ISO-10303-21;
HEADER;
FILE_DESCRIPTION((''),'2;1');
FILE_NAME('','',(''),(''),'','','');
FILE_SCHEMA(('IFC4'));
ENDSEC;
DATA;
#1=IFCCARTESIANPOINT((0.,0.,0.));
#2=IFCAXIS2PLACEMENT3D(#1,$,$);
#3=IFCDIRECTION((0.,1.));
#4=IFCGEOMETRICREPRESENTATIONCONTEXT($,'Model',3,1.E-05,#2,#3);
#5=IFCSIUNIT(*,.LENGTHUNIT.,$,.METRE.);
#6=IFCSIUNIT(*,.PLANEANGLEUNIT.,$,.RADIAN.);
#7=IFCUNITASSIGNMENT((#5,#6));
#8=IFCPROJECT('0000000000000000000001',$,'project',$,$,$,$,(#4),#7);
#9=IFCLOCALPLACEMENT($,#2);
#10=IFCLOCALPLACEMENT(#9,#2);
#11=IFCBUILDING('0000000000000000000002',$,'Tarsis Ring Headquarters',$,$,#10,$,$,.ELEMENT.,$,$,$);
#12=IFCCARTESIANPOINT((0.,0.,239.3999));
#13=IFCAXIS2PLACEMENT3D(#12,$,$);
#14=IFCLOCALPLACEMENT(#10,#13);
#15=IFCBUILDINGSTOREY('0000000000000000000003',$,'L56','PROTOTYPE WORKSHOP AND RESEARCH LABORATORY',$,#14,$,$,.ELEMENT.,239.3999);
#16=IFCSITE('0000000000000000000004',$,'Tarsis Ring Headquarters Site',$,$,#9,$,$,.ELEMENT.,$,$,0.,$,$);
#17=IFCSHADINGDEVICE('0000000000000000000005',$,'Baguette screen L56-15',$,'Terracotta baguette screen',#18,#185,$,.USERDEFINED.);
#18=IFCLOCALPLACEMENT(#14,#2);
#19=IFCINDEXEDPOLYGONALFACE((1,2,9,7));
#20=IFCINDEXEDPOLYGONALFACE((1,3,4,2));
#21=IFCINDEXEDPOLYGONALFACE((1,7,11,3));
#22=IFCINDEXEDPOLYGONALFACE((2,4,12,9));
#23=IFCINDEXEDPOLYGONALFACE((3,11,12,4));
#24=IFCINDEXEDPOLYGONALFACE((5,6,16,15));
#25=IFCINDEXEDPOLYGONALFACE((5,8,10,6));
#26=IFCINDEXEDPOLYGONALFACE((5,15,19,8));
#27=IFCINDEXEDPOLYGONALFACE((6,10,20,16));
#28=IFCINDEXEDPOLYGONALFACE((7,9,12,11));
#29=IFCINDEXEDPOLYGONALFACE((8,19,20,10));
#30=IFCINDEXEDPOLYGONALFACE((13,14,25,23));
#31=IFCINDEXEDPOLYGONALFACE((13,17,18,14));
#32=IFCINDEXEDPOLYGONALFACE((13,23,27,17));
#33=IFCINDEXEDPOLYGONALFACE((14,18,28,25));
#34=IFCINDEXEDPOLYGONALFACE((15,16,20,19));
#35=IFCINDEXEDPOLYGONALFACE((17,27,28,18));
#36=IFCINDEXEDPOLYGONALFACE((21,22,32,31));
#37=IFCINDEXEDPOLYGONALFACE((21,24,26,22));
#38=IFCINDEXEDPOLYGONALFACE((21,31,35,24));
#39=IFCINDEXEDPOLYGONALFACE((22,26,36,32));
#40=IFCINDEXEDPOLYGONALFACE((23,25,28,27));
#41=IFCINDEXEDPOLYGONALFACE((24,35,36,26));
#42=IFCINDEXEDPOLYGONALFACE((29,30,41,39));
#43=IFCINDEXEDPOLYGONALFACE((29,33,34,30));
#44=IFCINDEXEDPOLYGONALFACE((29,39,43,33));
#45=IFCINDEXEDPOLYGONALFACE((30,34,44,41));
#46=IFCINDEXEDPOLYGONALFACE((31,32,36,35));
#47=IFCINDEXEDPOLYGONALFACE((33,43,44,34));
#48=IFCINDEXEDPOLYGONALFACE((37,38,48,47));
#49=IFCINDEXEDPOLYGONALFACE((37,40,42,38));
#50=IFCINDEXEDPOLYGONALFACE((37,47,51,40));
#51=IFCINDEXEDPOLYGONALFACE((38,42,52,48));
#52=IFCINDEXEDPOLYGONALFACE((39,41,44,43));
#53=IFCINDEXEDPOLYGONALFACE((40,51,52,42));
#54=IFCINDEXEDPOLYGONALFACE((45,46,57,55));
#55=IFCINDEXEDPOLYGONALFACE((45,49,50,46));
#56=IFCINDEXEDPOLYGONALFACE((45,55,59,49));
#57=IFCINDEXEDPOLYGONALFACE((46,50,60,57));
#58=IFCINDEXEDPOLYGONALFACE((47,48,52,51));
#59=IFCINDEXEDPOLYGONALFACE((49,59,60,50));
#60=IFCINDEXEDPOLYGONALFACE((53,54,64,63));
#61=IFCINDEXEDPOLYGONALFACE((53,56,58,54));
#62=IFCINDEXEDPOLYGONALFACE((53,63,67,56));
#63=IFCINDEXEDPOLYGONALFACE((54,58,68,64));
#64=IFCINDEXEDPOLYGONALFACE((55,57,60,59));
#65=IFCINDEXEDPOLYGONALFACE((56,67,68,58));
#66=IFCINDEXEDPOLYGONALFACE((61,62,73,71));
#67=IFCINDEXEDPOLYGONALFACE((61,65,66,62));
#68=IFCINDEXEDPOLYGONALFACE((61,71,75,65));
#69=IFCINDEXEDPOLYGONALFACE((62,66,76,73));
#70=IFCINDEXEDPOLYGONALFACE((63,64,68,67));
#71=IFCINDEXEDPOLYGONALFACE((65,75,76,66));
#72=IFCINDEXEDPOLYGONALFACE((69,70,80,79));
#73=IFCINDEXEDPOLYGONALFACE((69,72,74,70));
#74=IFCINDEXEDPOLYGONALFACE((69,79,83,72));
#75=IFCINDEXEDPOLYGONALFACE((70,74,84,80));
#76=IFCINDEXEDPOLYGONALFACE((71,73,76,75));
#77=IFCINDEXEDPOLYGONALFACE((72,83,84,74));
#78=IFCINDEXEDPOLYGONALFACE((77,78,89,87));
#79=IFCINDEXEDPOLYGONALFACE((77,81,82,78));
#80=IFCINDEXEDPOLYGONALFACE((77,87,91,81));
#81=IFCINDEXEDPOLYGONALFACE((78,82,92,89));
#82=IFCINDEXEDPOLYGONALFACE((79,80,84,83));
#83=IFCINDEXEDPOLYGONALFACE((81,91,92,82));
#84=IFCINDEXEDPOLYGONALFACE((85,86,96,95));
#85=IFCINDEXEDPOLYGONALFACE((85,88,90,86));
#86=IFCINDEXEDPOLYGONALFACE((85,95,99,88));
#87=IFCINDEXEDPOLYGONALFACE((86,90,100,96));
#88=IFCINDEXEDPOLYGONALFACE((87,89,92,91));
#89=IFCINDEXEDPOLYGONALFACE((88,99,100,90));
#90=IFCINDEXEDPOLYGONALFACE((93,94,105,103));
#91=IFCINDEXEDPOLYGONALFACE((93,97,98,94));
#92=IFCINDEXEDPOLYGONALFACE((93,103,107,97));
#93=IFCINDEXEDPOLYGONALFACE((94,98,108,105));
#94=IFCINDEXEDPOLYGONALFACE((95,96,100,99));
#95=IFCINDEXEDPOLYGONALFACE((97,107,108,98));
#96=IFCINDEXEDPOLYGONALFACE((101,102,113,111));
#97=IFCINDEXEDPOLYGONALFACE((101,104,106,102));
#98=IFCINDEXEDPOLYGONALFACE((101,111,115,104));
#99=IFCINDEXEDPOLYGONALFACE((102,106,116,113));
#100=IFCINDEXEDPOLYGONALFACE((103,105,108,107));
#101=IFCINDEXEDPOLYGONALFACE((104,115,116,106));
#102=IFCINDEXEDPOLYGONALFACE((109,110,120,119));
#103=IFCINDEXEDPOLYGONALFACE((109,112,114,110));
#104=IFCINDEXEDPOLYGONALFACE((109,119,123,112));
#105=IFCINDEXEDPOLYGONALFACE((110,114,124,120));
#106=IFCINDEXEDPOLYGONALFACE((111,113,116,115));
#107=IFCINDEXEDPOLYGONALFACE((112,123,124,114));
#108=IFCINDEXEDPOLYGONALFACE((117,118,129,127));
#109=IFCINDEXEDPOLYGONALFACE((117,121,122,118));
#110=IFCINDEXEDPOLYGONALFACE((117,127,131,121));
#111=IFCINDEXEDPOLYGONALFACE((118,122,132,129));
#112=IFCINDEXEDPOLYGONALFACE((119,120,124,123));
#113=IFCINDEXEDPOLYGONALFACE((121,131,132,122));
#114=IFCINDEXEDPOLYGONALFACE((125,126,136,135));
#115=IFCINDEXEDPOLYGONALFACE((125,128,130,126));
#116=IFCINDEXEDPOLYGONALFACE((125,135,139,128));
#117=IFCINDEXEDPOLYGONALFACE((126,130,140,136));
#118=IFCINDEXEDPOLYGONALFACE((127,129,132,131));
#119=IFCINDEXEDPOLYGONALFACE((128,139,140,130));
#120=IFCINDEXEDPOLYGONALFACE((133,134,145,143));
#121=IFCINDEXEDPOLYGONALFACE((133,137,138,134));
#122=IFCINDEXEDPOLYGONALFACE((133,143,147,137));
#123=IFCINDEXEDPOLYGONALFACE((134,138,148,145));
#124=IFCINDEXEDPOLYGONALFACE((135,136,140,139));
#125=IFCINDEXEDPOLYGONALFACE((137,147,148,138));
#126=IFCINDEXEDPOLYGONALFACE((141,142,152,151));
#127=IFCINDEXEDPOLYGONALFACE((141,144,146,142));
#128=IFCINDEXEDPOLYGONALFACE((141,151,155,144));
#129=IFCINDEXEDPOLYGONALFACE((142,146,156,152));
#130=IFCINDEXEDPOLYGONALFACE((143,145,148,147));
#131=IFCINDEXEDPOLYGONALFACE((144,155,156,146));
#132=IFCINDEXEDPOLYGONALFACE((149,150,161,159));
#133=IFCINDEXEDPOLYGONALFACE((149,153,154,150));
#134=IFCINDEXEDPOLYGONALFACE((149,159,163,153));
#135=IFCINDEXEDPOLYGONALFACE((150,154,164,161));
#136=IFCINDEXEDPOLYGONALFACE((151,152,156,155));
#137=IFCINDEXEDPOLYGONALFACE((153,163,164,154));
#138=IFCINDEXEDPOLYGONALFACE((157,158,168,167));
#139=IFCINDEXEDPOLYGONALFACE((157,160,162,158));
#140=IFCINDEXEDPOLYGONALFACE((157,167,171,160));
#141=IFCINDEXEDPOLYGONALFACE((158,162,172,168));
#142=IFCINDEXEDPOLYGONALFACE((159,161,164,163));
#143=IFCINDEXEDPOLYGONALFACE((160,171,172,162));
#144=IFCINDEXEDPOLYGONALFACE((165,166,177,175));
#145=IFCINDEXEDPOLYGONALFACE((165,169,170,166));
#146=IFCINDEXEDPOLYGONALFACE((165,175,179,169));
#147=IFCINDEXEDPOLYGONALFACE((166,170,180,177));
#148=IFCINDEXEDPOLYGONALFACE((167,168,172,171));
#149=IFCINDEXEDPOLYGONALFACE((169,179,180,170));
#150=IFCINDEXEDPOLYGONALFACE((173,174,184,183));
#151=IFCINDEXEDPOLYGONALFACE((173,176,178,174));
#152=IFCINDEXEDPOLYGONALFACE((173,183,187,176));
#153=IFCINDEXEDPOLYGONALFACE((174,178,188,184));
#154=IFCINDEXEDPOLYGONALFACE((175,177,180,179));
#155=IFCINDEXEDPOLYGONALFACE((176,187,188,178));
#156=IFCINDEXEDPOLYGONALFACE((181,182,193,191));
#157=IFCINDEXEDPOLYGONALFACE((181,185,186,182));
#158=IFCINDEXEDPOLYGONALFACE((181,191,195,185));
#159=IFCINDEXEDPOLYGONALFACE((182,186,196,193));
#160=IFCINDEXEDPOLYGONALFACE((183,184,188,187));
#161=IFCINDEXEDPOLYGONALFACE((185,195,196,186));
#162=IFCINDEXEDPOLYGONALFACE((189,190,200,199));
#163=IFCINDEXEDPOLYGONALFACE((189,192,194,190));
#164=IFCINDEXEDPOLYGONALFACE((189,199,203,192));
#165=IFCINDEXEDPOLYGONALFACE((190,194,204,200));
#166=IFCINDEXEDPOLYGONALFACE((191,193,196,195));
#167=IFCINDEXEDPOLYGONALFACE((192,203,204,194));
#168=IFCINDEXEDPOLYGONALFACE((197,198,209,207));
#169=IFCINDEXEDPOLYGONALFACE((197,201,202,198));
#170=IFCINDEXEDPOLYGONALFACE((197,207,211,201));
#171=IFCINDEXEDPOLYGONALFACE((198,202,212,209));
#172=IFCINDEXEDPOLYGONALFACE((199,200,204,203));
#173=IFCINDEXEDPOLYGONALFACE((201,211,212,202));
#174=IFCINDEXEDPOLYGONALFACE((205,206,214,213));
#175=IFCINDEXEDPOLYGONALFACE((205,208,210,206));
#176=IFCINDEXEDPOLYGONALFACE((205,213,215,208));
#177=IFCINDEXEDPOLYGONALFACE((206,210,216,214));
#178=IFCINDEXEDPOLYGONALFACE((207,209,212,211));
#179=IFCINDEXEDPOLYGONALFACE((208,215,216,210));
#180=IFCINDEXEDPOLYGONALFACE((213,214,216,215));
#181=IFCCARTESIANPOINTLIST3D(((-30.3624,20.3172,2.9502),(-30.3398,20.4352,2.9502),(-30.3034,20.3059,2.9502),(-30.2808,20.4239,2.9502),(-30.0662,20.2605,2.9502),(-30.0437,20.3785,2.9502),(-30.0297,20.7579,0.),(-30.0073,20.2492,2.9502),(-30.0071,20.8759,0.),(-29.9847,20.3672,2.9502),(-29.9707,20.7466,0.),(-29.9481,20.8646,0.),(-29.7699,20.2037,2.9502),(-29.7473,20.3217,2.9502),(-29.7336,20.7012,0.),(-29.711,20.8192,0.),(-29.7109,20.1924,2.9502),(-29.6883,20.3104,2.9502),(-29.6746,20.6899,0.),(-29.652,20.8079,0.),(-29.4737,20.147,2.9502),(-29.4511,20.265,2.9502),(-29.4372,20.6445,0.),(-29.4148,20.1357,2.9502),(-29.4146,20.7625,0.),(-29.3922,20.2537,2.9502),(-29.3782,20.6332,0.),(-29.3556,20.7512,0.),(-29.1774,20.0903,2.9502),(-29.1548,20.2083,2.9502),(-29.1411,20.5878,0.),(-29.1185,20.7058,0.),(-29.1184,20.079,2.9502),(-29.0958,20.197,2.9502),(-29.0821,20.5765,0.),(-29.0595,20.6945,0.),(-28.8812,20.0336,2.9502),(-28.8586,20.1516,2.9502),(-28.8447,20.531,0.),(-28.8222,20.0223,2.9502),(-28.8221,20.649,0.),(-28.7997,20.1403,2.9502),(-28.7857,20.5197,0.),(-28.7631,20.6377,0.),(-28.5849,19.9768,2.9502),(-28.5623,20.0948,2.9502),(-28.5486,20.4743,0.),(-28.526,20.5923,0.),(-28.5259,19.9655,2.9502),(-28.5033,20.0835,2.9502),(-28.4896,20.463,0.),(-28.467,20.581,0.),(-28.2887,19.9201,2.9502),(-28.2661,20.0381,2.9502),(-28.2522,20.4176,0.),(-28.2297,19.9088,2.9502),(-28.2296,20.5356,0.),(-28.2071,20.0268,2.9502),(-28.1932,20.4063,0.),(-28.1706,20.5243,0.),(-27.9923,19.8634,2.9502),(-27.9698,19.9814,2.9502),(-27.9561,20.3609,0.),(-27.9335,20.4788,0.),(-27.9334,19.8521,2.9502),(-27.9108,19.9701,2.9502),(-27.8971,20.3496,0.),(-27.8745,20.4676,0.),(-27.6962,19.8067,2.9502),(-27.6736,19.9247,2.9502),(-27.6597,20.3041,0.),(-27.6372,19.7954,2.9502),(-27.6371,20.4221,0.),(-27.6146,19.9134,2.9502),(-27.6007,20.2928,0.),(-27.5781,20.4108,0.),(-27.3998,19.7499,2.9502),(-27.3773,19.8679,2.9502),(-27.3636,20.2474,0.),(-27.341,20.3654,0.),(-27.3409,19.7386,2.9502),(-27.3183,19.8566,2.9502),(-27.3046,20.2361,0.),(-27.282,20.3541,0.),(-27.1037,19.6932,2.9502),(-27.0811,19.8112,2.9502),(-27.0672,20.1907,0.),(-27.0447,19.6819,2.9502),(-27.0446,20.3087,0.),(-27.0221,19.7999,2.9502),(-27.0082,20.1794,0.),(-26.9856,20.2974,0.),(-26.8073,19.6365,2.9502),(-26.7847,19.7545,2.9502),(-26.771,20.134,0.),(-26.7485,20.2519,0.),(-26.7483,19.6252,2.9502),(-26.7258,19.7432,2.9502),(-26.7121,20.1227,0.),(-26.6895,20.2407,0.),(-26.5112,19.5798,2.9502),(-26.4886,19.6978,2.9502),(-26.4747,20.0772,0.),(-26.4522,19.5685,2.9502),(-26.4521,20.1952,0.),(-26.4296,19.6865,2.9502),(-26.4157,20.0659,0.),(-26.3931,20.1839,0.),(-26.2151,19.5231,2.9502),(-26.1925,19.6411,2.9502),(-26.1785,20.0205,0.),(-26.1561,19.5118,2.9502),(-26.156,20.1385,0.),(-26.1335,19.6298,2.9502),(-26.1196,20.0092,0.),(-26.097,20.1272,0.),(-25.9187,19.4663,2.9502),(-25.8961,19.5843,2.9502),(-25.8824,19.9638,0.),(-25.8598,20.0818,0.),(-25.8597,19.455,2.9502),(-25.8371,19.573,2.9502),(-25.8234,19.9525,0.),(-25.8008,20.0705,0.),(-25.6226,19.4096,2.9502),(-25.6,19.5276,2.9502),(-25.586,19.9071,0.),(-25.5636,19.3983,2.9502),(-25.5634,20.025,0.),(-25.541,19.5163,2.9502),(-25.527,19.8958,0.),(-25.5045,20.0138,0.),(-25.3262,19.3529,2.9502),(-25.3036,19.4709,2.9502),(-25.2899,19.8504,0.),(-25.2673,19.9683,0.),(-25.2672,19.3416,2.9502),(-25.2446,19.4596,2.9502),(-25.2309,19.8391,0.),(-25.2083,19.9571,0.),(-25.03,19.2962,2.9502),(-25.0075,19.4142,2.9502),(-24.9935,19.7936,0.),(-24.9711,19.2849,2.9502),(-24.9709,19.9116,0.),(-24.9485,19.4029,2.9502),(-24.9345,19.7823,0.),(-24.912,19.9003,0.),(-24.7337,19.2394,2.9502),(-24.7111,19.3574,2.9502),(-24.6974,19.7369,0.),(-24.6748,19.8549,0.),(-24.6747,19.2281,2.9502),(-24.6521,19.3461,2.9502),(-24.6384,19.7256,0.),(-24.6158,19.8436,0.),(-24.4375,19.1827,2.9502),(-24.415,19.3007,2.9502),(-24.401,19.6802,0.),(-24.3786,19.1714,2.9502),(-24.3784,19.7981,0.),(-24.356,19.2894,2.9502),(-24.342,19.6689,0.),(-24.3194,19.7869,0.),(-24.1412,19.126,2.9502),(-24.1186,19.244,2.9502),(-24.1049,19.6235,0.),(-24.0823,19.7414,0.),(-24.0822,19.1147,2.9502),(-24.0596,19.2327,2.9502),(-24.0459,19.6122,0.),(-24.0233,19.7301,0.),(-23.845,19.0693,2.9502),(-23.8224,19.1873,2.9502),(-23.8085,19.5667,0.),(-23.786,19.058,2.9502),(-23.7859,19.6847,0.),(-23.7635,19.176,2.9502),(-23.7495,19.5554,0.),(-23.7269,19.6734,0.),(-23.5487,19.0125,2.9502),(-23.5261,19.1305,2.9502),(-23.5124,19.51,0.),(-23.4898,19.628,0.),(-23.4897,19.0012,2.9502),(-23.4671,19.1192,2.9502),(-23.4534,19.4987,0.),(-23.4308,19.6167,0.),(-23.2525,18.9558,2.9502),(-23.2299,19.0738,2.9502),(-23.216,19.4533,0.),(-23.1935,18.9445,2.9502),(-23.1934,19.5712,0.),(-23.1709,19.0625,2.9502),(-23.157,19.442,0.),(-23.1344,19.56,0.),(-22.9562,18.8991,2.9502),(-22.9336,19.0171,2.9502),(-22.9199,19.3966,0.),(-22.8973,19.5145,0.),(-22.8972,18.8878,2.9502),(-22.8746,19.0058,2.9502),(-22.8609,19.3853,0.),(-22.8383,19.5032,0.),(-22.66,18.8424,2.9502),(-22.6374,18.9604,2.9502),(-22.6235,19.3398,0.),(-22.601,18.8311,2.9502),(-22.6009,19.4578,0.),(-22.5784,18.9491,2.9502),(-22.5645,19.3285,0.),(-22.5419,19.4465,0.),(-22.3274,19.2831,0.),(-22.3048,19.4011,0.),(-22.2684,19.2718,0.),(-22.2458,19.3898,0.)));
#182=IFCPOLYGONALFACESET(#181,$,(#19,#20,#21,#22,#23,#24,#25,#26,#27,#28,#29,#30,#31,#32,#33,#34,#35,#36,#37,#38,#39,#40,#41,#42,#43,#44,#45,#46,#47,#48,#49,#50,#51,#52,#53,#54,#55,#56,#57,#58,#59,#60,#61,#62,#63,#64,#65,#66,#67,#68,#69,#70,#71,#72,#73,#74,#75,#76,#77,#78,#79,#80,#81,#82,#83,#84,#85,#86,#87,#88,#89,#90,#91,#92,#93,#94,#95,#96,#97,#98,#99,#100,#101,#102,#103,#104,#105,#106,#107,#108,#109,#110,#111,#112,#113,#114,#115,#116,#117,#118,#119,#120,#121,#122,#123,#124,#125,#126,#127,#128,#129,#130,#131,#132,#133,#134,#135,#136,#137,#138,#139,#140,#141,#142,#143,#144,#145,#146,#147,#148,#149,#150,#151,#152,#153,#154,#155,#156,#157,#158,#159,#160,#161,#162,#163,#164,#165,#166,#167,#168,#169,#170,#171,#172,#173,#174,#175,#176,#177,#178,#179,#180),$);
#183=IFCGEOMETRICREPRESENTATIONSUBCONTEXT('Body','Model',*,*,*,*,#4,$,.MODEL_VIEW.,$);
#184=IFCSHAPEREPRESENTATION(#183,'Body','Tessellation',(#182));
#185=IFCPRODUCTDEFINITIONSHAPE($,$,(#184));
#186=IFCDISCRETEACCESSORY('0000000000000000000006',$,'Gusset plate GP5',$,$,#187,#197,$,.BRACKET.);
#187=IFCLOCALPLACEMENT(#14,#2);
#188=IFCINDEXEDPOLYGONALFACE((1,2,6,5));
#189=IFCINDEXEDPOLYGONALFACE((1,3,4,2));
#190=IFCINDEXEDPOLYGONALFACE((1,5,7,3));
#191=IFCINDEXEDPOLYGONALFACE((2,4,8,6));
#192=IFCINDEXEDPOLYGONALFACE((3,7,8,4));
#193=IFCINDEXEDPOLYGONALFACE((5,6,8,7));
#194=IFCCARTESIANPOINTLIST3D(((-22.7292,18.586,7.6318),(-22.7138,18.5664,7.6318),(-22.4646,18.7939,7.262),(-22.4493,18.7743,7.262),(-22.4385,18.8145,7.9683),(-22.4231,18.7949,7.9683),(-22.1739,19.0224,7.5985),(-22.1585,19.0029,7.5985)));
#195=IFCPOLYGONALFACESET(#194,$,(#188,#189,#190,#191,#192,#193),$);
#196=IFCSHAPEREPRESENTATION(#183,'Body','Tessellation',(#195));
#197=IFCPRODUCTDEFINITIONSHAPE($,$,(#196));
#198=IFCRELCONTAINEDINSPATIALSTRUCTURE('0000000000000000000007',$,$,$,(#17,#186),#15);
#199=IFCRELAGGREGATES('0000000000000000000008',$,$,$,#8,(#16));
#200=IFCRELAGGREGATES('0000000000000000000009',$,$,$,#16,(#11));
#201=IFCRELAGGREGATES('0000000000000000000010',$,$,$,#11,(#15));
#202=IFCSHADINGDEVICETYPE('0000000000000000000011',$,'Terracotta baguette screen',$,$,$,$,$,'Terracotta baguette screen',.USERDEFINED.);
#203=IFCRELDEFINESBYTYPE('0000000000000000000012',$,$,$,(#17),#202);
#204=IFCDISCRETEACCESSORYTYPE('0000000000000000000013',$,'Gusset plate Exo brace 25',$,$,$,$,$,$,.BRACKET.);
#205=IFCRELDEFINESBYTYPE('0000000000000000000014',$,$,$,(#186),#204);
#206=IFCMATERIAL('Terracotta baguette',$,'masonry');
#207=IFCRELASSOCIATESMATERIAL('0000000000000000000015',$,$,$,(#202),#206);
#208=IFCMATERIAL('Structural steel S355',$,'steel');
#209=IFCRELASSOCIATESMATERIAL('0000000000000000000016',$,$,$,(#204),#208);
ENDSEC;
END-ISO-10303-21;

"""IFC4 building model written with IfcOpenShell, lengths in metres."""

from ifc_helpers import new_model, si_unit, direction, frame, frame_2d, origin, origin_2d, place, context, subcontext, project, spatial, rectangle, composite_profile, extrude, material, material_profile, profile_set, type_object, element, save


model = new_model("IFC4")

# Units and contexts
model_context = context("Model", 3, precision=1e-05, world=origin(), true_north=direction((0.0, 1.0)))
body_context = subcontext(model_context, "Body", "Model", "MODEL_VIEW")
ifc_project = project(units=[si_unit("LENGTHUNIT", "METRE"), si_unit("PLANEANGLEUNIT", "RADIAN")], contexts=[model_context])

# Site, building, storey
site_placement = place(None, origin())
site = spatial("IfcSite", under=ifc_project, at=site_placement, Name="Tarsis Ring Headquarters Site", CompositionType="ELEMENT", RefElevation=0.0)
building_placement = place(site_placement, origin())
building = spatial("IfcBuilding", under=site, at=building_placement, Name="Tarsis Ring Headquarters", CompositionType="ELEMENT")
storey_placement = place(building_placement, frame((0.0, 0.0, 239.3999)))
storey = spatial("IfcBuildingStorey", under=building, at=storey_placement, Name="L56", Description="PROTOTYPE WORKSHOP AND RESEARCH LABORATORY", CompositionType="ELEMENT", Elevation=239.3999)

# Shared definitions
ifc_material_1 = material(Name="Structural steel S355", Category="steel")

# Shading device
ifc_material_2 = material(Name="Terracotta baguette", Category="masonry")
shading_device_type = type_object("IfcShadingDeviceType", Name="Terracotta baguette screen", ElementType="Terracotta baguette screen", PredefinedType="USERDEFINED", material=ifc_material_2)
shading_device_placement = place(storey_placement, frame((-22.2571, 19.3308, 0.0), z_axis=(0.0, 0.0, 1.0), x_axis=(-0.982143, 0.188056, 0.0)))
element("IfcShadingDevice", 1, at=shading_device_placement, inside=storey, type_object=shading_device_type, Name="Baguette screen L56-15", ObjectType="Terracotta baguette screen", PredefinedType="USERDEFINED", context=body_context, shape_type="SweptSolid", body=[
    extrude(composite_profile([rectangle(XDim=0.0601, YDim=0.1201, at=frame_2d((0.03, 0.0))), rectangle(XDim=0.0601, YDim=0.1201, at=frame_2d((0.3315, 0.0))), rectangle(XDim=0.0601, YDim=0.1201, at=frame_2d((0.6333, 0.0))), rectangle(XDim=0.0601, YDim=0.1201, at=frame_2d((0.9348, 0.0))), rectangle(XDim=0.0601, YDim=0.1201, at=frame_2d((1.2366, 0.0))), rectangle(XDim=0.0601, YDim=0.1201, at=frame_2d((1.5381, 0.0))), rectangle(XDim=0.0601, YDim=0.1201, at=frame_2d((1.8398, 0.0))), rectangle(XDim=0.0601, YDim=0.1201, at=frame_2d((2.1414, 0.0))), rectangle(XDim=0.0601, YDim=0.1201, at=frame_2d((2.4431, 0.0))), rectangle(XDim=0.0601, YDim=0.1201, at=frame_2d((2.7446, 0.0))), rectangle(XDim=0.0601, YDim=0.1201, at=frame_2d((3.0464, 0.0))), rectangle(XDim=0.0601, YDim=0.1201, at=frame_2d((3.3479, 0.0))), rectangle(XDim=0.0601, YDim=0.1201, at=frame_2d((3.6497, 0.0))), rectangle(XDim=0.0601, YDim=0.1201, at=frame_2d((3.9512, 0.0))), rectangle(XDim=0.0601, YDim=0.1201, at=frame_2d((4.2527, 0.0))), rectangle(XDim=0.0601, YDim=0.1201, at=frame_2d((4.5544, 0.0))), rectangle(XDim=0.0601, YDim=0.1201, at=frame_2d((4.856, 0.0))), rectangle(XDim=0.0601, YDim=0.1201, at=frame_2d((5.1577, 0.0))), rectangle(XDim=0.0601, YDim=0.1201, at=frame_2d((5.4592, 0.0))), rectangle(XDim=0.0601, YDim=0.1201, at=frame_2d((5.761, 0.0))), rectangle(XDim=0.0601, YDim=0.1201, at=frame_2d((6.0625, 0.0))), rectangle(XDim=0.0601, YDim=0.1201, at=frame_2d((6.3643, 0.0))), rectangle(XDim=0.0601, YDim=0.1201, at=frame_2d((6.6658, 0.0))), rectangle(XDim=0.0601, YDim=0.1201, at=frame_2d((6.9675, 0.0))), rectangle(XDim=0.0601, YDim=0.1201, at=frame_2d((7.269, 0.0))), rectangle(XDim=0.0601, YDim=0.1201, at=frame_2d((7.5708, 0.0))), rectangle(XDim=0.0601, YDim=0.1201, at=frame_2d((7.8723, 0.0)))]), origin(), (0.081239, 0.165064, 0.982931), 3.0015),
])

# Discrete accessory
ifc_material_profile_1 = material_profile(ifc_material_1, rectangle(XDim=0.0249, YDim=0.5, at=origin_2d()), Name="PL 25x500")
ifc_profile_set_1 = profile_set([ifc_material_profile_1], Name="Structural steel S355")
discrete_accessory_type = type_object("IfcDiscreteAccessoryType", Name="Gusset plate Exo brace 25", PredefinedType="BRACKET", material=ifc_profile_set_1)
discrete_accessory_placement = place(storey_placement, frame((-22.5762, 18.6904, 7.8), z_axis=(0.529178, 0.415922, -0.73958), x_axis=(-0.61795, 0.786218, 0.0)))
element("IfcDiscreteAccessory", 2, at=discrete_accessory_placement, inside=storey, type_object=discrete_accessory_type, Name="Gusset plate GP5", PredefinedType="BRACKET", context=body_context, shape_type="SweptSolid", body=[
    extrude(rectangle(XDim=0.0249, YDim=0.5, at=origin_2d()), origin(), (0.0, 0.0, 1.0), 0.5),
])

save(model, "model.ifc")
